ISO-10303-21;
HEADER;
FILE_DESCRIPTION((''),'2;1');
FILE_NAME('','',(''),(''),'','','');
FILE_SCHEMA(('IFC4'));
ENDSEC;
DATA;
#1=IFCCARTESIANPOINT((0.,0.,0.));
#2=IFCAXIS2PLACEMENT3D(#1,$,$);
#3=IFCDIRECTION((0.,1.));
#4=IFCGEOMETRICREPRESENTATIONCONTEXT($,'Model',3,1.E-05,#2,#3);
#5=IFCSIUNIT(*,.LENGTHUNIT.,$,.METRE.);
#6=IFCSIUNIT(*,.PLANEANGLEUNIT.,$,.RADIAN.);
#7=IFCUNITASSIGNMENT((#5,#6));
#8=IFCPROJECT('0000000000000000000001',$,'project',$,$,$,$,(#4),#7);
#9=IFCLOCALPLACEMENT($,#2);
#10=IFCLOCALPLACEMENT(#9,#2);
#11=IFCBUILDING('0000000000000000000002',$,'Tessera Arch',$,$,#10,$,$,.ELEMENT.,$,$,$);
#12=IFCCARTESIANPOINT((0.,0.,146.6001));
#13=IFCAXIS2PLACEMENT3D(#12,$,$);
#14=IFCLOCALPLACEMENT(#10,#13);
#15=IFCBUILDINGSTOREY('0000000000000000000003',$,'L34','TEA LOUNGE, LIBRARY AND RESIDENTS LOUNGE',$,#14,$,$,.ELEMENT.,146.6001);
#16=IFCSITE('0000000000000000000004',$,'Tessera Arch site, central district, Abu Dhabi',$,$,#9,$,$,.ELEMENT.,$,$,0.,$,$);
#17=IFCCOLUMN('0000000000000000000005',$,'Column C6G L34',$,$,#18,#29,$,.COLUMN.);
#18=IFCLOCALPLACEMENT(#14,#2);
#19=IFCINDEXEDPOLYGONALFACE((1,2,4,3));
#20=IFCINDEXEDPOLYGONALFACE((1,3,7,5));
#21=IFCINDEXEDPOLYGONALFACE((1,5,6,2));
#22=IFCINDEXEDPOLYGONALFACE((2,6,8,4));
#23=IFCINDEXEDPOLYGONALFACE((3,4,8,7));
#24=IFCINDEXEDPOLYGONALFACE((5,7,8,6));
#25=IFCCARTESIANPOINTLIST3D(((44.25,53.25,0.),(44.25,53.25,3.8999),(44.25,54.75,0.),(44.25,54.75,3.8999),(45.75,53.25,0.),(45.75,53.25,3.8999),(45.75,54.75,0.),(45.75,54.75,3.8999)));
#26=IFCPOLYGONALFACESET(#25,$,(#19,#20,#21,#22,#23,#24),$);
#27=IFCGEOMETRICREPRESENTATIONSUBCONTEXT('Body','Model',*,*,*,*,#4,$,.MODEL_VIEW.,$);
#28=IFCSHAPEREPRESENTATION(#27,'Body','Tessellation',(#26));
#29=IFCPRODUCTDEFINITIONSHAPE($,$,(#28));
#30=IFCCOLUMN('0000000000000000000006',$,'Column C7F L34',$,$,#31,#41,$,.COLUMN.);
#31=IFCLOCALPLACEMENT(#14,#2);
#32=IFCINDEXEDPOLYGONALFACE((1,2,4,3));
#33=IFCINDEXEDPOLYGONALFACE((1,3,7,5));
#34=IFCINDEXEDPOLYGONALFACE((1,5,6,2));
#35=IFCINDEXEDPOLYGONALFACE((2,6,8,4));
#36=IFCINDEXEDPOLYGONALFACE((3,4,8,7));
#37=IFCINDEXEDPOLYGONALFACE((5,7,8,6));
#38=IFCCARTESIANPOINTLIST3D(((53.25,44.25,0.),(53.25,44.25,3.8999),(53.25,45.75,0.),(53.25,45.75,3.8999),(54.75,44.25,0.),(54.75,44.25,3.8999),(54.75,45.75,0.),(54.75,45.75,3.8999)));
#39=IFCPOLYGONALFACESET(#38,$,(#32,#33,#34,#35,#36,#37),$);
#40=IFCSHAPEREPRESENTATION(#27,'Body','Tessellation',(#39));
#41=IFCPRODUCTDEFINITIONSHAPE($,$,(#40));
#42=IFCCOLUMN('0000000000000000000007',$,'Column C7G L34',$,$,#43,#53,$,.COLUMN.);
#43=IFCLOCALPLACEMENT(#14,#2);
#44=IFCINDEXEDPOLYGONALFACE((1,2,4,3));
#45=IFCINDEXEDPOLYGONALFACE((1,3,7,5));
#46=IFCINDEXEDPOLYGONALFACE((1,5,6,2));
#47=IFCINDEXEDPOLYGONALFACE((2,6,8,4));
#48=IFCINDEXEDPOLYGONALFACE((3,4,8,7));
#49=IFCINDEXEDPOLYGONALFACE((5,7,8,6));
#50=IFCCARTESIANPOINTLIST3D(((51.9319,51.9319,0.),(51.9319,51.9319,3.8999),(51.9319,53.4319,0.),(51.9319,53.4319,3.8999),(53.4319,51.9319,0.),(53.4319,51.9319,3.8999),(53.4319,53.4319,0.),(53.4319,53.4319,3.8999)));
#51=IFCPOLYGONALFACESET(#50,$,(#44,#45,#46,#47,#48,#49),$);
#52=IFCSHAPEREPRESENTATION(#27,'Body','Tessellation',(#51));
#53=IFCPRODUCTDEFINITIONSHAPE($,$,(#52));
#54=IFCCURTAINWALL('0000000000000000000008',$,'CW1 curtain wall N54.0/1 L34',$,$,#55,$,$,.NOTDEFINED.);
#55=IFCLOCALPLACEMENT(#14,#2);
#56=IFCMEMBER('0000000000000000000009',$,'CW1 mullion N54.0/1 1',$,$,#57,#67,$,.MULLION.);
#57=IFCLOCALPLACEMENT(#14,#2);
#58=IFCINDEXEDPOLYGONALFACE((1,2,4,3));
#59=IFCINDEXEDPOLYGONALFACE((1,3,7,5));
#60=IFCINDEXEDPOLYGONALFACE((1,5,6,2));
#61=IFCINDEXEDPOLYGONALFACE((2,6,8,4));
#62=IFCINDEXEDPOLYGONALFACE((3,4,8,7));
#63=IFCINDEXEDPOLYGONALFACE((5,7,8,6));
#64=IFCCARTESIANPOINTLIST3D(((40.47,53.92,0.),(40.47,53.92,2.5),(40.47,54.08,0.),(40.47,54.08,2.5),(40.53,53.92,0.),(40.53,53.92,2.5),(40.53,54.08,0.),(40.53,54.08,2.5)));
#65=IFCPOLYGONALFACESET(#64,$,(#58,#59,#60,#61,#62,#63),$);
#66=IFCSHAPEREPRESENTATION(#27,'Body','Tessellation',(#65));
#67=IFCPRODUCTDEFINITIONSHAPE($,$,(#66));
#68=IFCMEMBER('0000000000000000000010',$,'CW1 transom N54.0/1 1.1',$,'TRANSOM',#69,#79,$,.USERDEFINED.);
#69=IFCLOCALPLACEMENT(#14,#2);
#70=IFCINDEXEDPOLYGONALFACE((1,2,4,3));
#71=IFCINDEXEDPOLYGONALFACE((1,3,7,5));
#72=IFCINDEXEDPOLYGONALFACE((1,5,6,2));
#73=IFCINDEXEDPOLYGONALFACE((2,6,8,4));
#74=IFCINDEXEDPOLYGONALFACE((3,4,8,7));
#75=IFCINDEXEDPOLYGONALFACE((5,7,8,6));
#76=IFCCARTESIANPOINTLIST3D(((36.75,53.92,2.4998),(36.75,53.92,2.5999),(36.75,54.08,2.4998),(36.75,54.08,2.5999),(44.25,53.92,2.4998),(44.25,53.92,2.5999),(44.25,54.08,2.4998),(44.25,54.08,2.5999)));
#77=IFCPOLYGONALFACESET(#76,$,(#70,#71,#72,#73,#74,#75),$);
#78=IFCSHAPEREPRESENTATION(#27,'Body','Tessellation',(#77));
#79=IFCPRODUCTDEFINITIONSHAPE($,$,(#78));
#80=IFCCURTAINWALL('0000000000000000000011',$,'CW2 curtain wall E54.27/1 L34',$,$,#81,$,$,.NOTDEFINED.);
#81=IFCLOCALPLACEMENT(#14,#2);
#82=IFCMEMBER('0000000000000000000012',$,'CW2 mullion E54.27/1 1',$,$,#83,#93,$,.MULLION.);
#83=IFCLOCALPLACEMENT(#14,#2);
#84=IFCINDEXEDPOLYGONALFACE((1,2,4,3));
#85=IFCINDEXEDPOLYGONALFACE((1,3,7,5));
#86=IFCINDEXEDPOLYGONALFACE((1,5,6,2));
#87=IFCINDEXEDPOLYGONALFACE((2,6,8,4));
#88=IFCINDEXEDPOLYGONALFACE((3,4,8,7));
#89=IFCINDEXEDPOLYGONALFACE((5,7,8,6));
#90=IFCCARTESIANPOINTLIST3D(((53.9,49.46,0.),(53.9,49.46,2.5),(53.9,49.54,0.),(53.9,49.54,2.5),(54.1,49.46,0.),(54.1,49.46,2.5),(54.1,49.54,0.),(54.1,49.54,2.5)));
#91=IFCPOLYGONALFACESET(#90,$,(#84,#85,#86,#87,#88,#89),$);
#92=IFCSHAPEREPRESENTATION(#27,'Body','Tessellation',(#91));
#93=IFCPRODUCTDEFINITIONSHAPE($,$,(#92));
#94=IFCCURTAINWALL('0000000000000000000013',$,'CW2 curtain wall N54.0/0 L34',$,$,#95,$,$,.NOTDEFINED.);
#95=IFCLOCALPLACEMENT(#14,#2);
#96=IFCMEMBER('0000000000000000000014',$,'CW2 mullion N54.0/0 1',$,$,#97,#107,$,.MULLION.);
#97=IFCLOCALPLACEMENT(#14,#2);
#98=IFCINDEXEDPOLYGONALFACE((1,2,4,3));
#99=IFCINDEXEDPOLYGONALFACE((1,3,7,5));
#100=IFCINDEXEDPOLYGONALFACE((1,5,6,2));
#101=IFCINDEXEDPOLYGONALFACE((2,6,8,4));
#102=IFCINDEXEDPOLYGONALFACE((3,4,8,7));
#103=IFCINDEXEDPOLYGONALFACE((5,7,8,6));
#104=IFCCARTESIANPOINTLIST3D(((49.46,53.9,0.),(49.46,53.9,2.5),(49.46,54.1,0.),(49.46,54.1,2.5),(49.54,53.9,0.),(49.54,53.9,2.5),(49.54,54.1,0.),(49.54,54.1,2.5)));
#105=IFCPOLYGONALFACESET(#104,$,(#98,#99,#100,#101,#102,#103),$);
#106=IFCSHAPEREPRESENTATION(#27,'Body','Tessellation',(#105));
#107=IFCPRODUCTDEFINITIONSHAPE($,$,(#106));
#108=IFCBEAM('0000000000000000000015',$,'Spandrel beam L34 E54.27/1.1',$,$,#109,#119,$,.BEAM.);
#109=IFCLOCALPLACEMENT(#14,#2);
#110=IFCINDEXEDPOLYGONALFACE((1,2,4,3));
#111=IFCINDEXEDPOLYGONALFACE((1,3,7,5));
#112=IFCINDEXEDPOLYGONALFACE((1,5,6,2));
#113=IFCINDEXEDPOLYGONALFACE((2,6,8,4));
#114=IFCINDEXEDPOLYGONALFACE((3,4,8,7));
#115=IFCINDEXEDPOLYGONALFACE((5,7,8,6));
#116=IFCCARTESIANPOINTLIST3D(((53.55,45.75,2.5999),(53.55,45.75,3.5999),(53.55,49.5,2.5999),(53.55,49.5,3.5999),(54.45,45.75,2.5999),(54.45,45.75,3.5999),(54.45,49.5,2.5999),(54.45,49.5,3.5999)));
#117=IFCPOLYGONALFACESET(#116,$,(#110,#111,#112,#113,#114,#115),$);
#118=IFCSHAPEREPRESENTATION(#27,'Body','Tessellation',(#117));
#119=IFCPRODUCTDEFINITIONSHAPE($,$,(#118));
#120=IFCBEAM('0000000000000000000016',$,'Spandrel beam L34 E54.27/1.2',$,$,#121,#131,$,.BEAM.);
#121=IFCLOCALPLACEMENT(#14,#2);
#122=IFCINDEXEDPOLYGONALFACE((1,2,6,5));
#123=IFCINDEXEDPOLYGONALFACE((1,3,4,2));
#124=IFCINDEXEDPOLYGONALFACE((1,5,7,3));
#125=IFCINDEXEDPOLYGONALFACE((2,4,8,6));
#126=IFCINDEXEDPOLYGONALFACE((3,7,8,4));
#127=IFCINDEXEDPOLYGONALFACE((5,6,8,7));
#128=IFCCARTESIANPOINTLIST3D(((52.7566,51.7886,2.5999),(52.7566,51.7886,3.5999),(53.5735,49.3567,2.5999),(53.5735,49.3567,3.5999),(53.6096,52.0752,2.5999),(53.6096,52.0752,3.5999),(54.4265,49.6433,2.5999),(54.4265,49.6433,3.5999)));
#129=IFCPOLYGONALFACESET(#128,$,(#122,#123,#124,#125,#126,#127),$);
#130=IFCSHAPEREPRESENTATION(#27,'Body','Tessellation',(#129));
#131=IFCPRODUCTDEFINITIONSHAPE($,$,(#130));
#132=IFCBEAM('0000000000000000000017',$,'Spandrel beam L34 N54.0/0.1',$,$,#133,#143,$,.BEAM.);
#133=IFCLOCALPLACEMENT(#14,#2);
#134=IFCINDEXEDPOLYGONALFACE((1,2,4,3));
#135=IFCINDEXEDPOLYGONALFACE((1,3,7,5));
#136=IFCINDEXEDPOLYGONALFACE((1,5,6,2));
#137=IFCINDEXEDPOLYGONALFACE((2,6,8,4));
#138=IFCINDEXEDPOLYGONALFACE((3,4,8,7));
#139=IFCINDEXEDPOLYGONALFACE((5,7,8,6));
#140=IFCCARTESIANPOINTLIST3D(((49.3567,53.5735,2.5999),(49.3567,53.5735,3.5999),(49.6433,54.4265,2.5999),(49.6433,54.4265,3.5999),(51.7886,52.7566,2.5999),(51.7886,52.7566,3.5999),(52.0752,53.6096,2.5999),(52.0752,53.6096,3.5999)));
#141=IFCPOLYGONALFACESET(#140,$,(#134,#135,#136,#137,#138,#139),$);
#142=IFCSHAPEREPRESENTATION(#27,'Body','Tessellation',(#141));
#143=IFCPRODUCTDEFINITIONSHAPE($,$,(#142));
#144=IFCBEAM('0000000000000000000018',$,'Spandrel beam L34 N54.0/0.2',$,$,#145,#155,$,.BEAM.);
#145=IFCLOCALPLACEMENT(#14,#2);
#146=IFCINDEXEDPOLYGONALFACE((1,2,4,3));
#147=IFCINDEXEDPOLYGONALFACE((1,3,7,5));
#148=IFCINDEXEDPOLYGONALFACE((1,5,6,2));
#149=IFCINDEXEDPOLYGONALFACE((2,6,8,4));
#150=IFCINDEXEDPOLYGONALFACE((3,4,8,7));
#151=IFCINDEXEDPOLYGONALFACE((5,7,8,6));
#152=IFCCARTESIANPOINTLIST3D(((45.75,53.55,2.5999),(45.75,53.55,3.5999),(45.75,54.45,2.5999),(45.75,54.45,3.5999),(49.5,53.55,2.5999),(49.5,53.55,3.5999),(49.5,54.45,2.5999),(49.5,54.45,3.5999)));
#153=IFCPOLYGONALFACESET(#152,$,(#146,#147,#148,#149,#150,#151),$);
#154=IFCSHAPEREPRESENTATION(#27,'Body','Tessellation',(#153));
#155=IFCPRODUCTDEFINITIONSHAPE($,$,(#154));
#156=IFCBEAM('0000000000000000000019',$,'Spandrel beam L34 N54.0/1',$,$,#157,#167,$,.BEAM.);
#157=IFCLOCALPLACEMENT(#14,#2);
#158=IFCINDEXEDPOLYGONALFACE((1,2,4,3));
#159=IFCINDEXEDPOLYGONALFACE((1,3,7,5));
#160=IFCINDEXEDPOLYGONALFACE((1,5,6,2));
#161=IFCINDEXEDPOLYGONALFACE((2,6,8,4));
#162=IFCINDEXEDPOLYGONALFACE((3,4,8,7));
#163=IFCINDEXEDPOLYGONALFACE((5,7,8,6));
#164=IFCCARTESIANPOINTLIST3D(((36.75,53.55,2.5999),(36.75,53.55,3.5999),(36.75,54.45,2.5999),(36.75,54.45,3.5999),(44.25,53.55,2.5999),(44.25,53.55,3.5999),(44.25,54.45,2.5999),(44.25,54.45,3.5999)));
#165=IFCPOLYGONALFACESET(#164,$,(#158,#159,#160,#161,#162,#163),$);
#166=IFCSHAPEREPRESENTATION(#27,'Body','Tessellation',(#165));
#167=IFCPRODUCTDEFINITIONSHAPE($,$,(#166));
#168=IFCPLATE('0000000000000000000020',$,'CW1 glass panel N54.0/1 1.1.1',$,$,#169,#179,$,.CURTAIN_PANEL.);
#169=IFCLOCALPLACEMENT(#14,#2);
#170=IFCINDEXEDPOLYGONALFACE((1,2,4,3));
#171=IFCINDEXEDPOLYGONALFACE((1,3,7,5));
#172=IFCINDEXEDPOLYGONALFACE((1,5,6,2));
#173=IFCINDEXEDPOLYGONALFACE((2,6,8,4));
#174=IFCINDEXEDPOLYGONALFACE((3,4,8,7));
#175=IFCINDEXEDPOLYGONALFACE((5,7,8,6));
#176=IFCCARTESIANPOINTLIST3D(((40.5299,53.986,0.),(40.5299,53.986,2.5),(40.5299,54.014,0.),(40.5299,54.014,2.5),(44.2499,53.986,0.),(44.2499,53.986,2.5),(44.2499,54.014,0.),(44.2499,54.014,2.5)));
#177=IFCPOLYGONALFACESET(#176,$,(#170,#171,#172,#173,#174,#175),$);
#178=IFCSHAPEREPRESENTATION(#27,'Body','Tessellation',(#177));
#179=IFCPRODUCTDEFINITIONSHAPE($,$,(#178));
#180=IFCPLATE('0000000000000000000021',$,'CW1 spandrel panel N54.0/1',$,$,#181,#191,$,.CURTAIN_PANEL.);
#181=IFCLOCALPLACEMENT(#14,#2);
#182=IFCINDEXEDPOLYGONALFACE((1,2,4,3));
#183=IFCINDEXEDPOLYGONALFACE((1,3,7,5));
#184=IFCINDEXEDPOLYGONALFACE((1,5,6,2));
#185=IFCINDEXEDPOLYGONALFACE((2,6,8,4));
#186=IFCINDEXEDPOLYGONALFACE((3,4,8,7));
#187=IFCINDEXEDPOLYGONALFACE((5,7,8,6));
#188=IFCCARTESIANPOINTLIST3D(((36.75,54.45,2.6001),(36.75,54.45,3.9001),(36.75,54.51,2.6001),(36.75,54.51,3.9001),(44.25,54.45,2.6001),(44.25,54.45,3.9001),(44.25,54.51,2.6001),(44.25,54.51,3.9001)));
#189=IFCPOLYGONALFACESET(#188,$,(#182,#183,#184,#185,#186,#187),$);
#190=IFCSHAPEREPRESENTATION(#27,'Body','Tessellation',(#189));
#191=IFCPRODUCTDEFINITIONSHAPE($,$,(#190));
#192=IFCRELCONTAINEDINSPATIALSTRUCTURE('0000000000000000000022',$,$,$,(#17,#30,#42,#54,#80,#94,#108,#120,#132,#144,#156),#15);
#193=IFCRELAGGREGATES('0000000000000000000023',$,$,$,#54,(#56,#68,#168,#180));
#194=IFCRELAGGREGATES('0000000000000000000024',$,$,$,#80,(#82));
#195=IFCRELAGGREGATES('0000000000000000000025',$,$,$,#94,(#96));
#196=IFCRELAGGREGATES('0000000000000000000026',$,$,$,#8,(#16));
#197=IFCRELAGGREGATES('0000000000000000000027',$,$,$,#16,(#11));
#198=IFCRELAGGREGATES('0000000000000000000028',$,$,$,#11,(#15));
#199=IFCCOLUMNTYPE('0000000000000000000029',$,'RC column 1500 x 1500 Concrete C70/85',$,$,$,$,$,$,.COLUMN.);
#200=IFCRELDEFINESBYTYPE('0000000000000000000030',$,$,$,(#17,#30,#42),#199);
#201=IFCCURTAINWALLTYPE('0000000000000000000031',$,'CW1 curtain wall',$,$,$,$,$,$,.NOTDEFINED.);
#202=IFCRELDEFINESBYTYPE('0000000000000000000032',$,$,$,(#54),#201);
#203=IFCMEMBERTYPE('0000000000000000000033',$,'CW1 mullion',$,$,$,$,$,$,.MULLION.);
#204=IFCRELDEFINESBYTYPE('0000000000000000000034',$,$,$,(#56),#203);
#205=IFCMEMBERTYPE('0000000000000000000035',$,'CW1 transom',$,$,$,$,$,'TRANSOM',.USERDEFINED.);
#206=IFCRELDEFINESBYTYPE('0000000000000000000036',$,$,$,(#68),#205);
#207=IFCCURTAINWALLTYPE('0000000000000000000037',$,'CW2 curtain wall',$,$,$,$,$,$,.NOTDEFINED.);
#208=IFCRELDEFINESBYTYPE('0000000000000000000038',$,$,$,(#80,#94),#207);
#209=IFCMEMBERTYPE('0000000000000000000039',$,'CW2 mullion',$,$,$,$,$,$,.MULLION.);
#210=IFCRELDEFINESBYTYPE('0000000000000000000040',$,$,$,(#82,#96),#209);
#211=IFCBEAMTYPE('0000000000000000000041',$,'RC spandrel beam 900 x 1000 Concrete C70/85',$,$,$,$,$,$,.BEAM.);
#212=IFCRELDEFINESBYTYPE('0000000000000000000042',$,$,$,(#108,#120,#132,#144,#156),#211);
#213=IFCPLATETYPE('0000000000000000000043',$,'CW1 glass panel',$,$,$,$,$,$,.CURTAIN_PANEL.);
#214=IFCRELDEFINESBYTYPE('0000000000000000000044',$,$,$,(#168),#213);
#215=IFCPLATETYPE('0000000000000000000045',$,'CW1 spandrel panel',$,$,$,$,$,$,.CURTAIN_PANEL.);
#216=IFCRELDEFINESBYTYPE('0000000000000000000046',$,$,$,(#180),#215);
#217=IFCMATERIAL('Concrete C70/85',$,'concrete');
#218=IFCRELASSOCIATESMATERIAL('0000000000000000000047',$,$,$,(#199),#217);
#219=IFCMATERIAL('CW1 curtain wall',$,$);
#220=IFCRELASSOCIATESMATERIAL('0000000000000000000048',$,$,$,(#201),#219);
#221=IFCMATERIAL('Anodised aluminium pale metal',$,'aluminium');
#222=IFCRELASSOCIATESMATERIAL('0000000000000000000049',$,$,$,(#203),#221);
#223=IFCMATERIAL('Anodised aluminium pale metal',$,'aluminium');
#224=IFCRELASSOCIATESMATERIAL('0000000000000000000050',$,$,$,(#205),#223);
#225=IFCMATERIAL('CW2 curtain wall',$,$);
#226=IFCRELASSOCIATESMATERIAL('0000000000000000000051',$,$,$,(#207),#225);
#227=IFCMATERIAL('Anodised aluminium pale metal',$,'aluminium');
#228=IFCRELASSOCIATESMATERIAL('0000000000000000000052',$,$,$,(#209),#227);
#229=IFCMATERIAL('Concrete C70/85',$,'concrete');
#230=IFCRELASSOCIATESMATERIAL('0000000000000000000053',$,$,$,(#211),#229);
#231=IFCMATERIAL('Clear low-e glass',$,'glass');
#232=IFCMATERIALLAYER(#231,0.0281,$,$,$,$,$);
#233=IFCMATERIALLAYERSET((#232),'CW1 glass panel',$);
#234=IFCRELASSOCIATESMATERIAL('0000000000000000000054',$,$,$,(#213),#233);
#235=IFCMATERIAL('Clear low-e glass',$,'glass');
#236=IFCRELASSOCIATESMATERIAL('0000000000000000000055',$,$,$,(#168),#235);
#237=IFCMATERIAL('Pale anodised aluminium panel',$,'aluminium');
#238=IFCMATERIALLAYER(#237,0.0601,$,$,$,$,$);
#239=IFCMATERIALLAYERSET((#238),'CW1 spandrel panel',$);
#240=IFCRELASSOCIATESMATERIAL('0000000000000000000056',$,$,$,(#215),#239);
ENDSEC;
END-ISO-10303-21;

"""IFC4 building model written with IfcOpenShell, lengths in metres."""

from ifc_helpers import new_model, si_unit, direction, frame, origin, origin_2d, place, context, subcontext, project, spatial, rectangle, extrude, material, layer, layer_set, material_profile, profile_set, type_object, element, aggregate, save


model = new_model("IFC4")

# Units and contexts
model_context = context("Model", 3, precision=1e-05, world=origin(), true_north=direction((0.0, 1.0)))
body_context = subcontext(model_context, "Body", "Model", "MODEL_VIEW")
ifc_project = project(units=[si_unit("LENGTHUNIT", "METRE"), si_unit("PLANEANGLEUNIT", "RADIAN")], contexts=[model_context])

# Site, building, storey
site_placement = place(None, origin())
site = spatial("IfcSite", under=ifc_project, at=site_placement, Name="Tessera Arch site, central district, Abu Dhabi", CompositionType="ELEMENT", RefElevation=0.0)
building_placement = place(site_placement, origin())
building = spatial("IfcBuilding", under=site, at=building_placement, Name="Tessera Arch", CompositionType="ELEMENT")
storey_placement = place(building_placement, frame((0.0, 0.0, 146.6001)))
storey = spatial("IfcBuildingStorey", under=building, at=storey_placement, Name="L34", Description="TEA LOUNGE, LIBRARY AND RESIDENTS LOUNGE", CompositionType="ELEMENT", Elevation=146.6001)

# Columns
ifc_material_1 = material(Name="Concrete C70/85", Category="concrete")
ifc_material_profile_1 = material_profile(ifc_material_1, rectangle(XDim=1.5, YDim=1.5, at=origin_2d()), Name="RC column 1500 x 1500 Concrete C70/85")
ifc_profile_set_1 = profile_set([ifc_material_profile_1], Name="Concrete C70/85")
column_type = type_object("IfcColumnType", Name="RC column 1500 x 1500 Concrete C70/85", PredefinedType="COLUMN", material=ifc_profile_set_1)
for number, where, z_axis, x_axis, name in (
    (1, (45.0, 54.0, 0.0), (0.0, 0.0, 1.0), (1.0, 0.0, 0.0), "Column C6G L34"),
    (2, (54.0, 45.0, 0.0), (0.0, 0.0, 1.0), (1.0, 0.0, 0.0), "Column C7F L34"),
    (3, (52.6819, 52.6819, 0.0), (0.0, 0.0, 1.0), (1.0, 0.0, 0.0), "Column C7G L34"),
):
    element("IfcColumn", number, at=place(storey_placement, frame(where, z_axis=z_axis, x_axis=x_axis)), inside=storey, type_object=column_type, Name=name, PredefinedType="COLUMN", context=body_context, shape_type="SweptSolid", body=[
        extrude(rectangle(XDim=1.5, YDim=1.5, at=origin_2d()), origin(), (0.0, 0.0, 1.0), 3.8999),
    ])

# Curtain wall, members
ifc_material_2 = material(Name="CW1 curtain wall")
curtain_wall_type_1 = type_object("IfcCurtainWallType", Name="CW1 curtain wall", PredefinedType="NOTDEFINED", material=ifc_material_2)
curtain_wall_1_placement = place(storey_placement, origin())
curtain_wall_1 = element("IfcCurtainWall", 4, at=curtain_wall_1_placement, inside=storey, type_object=curtain_wall_type_1, Name="CW1 curtain wall N54.0/1 L34", PredefinedType="NOTDEFINED")
ifc_material_3 = material(Name="Anodised aluminium pale metal", Category="aluminium")
ifc_material_profile_2 = material_profile(ifc_material_3, rectangle(XDim=0.1599, YDim=0.0601, at=origin_2d()), Name="AL 60x160")
ifc_profile_set_2 = profile_set([ifc_material_profile_2], Name="Anodised aluminium pale metal")
member_type_1 = type_object("IfcMemberType", Name="CW1 mullion", PredefinedType="MULLION", material=ifc_profile_set_2)
member_1_placement = place(storey_placement, frame((40.5, 54.0, 0.0), z_axis=(0.0, 0.0, 1.0), x_axis=(0.0, -1.0, 0.0)))
member_1 = element("IfcMember", 5, at=member_1_placement, type_object=member_type_1, Name="CW1 mullion N54.0/1 1", PredefinedType="MULLION", context=body_context, shape_type="SweptSolid", body=[
    extrude(rectangle(XDim=0.1599, YDim=0.0601, at=origin_2d()), origin(), (0.0, 0.0, 1.0), 2.5),
])
ifc_material_4 = material(Name="Anodised aluminium pale metal", Category="aluminium")
ifc_material_profile_3 = material_profile(ifc_material_4, rectangle(XDim=0.1599, YDim=0.1001, at=origin_2d()), Name="AL 160x100")
ifc_profile_set_3 = profile_set([ifc_material_profile_3], Name="Anodised aluminium pale metal")
member_type_2 = type_object("IfcMemberType", Name="CW1 transom", ElementType="TRANSOM", PredefinedType="USERDEFINED", material=ifc_profile_set_3)
member_2_placement = place(storey_placement, frame((44.25, 54.0, 2.5498), z_axis=(-1.0, 0.0, 0.0), x_axis=(0.0, -1.0, 0.0)))
member_2 = element("IfcMember", 6, at=member_2_placement, type_object=member_type_2, Name="CW1 transom N54.0/1 1.1", ObjectType="TRANSOM", PredefinedType="USERDEFINED", context=body_context, shape_type="SweptSolid", body=[
    extrude(rectangle(XDim=0.1599, YDim=0.1001, at=origin_2d()), origin(), (0.0, 0.0, 1.0), 7.5),
])

# Curtain walls, members
ifc_material_5 = material(Name="CW2 curtain wall")
curtain_wall_type_2 = type_object("IfcCurtainWallType", Name="CW2 curtain wall", PredefinedType="NOTDEFINED", material=ifc_material_5)
curtain_wall_2_placement = place(storey_placement, origin())
curtain_wall_2 = element("IfcCurtainWall", 7, at=curtain_wall_2_placement, inside=storey, type_object=curtain_wall_type_2, Name="CW2 curtain wall E54.27/1 L34", PredefinedType="NOTDEFINED")
ifc_material_6 = material(Name="Anodised aluminium pale metal", Category="aluminium")
ifc_material_profile_4 = material_profile(ifc_material_6, rectangle(XDim=0.2, YDim=0.0801, at=origin_2d()), Name="AL 80x200")
ifc_profile_set_4 = profile_set([ifc_material_profile_4], Name="Anodised aluminium pale metal")
member_type_3 = type_object("IfcMemberType", Name="CW2 mullion", PredefinedType="MULLION", material=ifc_profile_set_4)
member_3_placement = place(storey_placement, frame((54.0, 49.5, 0.0), z_axis=(0.0, 0.0, 1.0), x_axis=(-1.0, 0.0, 0.0)))
member_3 = element("IfcMember", 8, at=member_3_placement, type_object=member_type_3, Name="CW2 mullion E54.27/1 1", PredefinedType="MULLION", context=body_context, shape_type="SweptSolid", body=[
    extrude(rectangle(XDim=0.2, YDim=0.0801, at=origin_2d()), origin(), (0.0, 0.0, 1.0), 2.5),
])
curtain_wall_3_placement = place(storey_placement, origin())
curtain_wall_3 = element("IfcCurtainWall", 9, at=curtain_wall_3_placement, inside=storey, type_object=curtain_wall_type_2, Name="CW2 curtain wall N54.0/0 L34", PredefinedType="NOTDEFINED")
member_4_placement = place(storey_placement, frame((49.5, 54.0, 0.0), z_axis=(0.0, 0.0, 1.0), x_axis=(0.0, -1.0, 0.0)))
member_4 = element("IfcMember", 10, at=member_4_placement, type_object=member_type_3, Name="CW2 mullion N54.0/0 1", PredefinedType="MULLION", context=body_context, shape_type="SweptSolid", body=[
    extrude(rectangle(XDim=0.2, YDim=0.0801, at=origin_2d()), origin(), (0.0, 0.0, 1.0), 2.5),
])

# Beams
ifc_material_7 = material(Name="Concrete C70/85", Category="concrete")
ifc_material_profile_5 = material_profile(ifc_material_7, rectangle(XDim=0.8999, YDim=1.0, at=origin_2d()), Name="RC spandrel beam 900 x 1000 Concrete C70/85")
ifc_profile_set_5 = profile_set([ifc_material_profile_5], Name="Concrete C70/85")
beam_type = type_object("IfcBeamType", Name="RC spandrel beam 900 x 1000 Concrete C70/85", PredefinedType="BEAM", material=ifc_profile_set_5)
beam_1_placement = place(storey_placement, frame((54.0, 45.75, 3.0999), z_axis=(0.0, 1.0, 0.0), x_axis=(-1.0, 0.0, 0.0)))
element("IfcBeam", 11, at=beam_1_placement, inside=storey, type_object=beam_type, Name="Spandrel beam L34 E54.27/1.1", PredefinedType="BEAM", context=body_context, shape_type="SweptSolid", body=[
    extrude(rectangle(XDim=0.8999, YDim=1.0, at=origin_2d()), origin(), (0.0, 0.0, 1.0), 3.75),
])
for number, where, z_axis, x_axis, name in (
    (12, (54.0, 49.5, 3.0999), (-0.318425, 0.947948, 0.0), (-0.947948, -0.318425, 0.0), "Spandrel beam L34 E54.27/1.2"),
    (13, (51.9319, 53.1831, 3.0999), (-0.947948, 0.318425, 0.0), (-0.318425, -0.947948, 0.0), "Spandrel beam L34 N54.0/0.1"),
):
    element("IfcBeam", number, at=place(storey_placement, frame(where, z_axis=z_axis, x_axis=x_axis)), inside=storey, type_object=beam_type, Name=name, PredefinedType="BEAM", context=body_context, shape_type="SweptSolid", body=[
        extrude(rectangle(XDim=0.8999, YDim=1.0, at=origin_2d()), origin(), (0.0, 0.0, 1.0), 2.5654),
    ])
beam_2_placement = place(storey_placement, frame((49.5, 54.0, 3.0999), z_axis=(-1.0, 0.0, 0.0), x_axis=(0.0, -1.0, 0.0)))
element("IfcBeam", 14, at=beam_2_placement, inside=storey, type_object=beam_type, Name="Spandrel beam L34 N54.0/0.2", PredefinedType="BEAM", context=body_context, shape_type="SweptSolid", body=[
    extrude(rectangle(XDim=0.8999, YDim=1.0, at=origin_2d()), origin(), (0.0, 0.0, 1.0), 3.75),
])
beam_3_placement = place(storey_placement, frame((44.25, 54.0, 3.0999), z_axis=(-1.0, 0.0, 0.0), x_axis=(0.0, -1.0, 0.0)))
element("IfcBeam", 15, at=beam_3_placement, inside=storey, type_object=beam_type, Name="Spandrel beam L34 N54.0/1", PredefinedType="BEAM", context=body_context, shape_type="SweptSolid", body=[
    extrude(rectangle(XDim=0.8999, YDim=1.0, at=origin_2d()), origin(), (0.0, 0.0, 1.0), 7.5),
])

# Plates
ifc_material_8 = material(Name="Clear low-e glass", Category="glass")
ifc_material_9 = material(Name="Clear low-e glass", Category="glass")
ifc_layer_1 = layer(ifc_material_9, 0.0281)
ifc_layer_set_1 = layer_set([ifc_layer_1], Name="CW1 glass panel")
plate_type_1 = type_object("IfcPlateType", Name="CW1 glass panel", PredefinedType="CURTAIN_PANEL", material=ifc_layer_set_1)
plate_1_placement = place(storey_placement, frame((42.3899, 54.0, 0.0), z_axis=(0.0, 0.0, 1.0), x_axis=(-1.0, 0.0, 0.0)))
plate_1 = element("IfcPlate", 16, at=plate_1_placement, type_object=plate_type_1, material=ifc_material_8, Name="CW1 glass panel N54.0/1 1.1.1", PredefinedType="CURTAIN_PANEL", context=body_context, shape_type="SweptSolid", body=[
    extrude(rectangle(XDim=3.72, YDim=0.0281, at=origin_2d()), origin(), (0.0, 0.0, 1.0), 2.5),
])
ifc_material_10 = material(Name="Pale anodised aluminium panel", Category="aluminium")
ifc_layer_2 = layer(ifc_material_10, 0.0601)
ifc_layer_set_2 = layer_set([ifc_layer_2], Name="CW1 spandrel panel")
plate_type_2 = type_object("IfcPlateType", Name="CW1 spandrel panel", PredefinedType="CURTAIN_PANEL", material=ifc_layer_set_2)
plate_2_placement = place(storey_placement, frame((40.5, 54.48, 2.6001), z_axis=(0.0, 0.0, 1.0), x_axis=(-1.0, 0.0, 0.0)))
plate_2 = element("IfcPlate", 17, at=plate_2_placement, type_object=plate_type_2, Name="CW1 spandrel panel N54.0/1", PredefinedType="CURTAIN_PANEL", context=body_context, shape_type="SweptSolid", body=[
    extrude(rectangle(XDim=7.5, YDim=0.0601, at=origin_2d()), origin(), (0.0, 0.0, 1.0), 1.3),
])
aggregate(curtain_wall_1, [member_1, member_2, plate_1, plate_2])
aggregate(curtain_wall_2, [member_3])
aggregate(curtain_wall_3, [member_4])

save(model, "model.ifc")
